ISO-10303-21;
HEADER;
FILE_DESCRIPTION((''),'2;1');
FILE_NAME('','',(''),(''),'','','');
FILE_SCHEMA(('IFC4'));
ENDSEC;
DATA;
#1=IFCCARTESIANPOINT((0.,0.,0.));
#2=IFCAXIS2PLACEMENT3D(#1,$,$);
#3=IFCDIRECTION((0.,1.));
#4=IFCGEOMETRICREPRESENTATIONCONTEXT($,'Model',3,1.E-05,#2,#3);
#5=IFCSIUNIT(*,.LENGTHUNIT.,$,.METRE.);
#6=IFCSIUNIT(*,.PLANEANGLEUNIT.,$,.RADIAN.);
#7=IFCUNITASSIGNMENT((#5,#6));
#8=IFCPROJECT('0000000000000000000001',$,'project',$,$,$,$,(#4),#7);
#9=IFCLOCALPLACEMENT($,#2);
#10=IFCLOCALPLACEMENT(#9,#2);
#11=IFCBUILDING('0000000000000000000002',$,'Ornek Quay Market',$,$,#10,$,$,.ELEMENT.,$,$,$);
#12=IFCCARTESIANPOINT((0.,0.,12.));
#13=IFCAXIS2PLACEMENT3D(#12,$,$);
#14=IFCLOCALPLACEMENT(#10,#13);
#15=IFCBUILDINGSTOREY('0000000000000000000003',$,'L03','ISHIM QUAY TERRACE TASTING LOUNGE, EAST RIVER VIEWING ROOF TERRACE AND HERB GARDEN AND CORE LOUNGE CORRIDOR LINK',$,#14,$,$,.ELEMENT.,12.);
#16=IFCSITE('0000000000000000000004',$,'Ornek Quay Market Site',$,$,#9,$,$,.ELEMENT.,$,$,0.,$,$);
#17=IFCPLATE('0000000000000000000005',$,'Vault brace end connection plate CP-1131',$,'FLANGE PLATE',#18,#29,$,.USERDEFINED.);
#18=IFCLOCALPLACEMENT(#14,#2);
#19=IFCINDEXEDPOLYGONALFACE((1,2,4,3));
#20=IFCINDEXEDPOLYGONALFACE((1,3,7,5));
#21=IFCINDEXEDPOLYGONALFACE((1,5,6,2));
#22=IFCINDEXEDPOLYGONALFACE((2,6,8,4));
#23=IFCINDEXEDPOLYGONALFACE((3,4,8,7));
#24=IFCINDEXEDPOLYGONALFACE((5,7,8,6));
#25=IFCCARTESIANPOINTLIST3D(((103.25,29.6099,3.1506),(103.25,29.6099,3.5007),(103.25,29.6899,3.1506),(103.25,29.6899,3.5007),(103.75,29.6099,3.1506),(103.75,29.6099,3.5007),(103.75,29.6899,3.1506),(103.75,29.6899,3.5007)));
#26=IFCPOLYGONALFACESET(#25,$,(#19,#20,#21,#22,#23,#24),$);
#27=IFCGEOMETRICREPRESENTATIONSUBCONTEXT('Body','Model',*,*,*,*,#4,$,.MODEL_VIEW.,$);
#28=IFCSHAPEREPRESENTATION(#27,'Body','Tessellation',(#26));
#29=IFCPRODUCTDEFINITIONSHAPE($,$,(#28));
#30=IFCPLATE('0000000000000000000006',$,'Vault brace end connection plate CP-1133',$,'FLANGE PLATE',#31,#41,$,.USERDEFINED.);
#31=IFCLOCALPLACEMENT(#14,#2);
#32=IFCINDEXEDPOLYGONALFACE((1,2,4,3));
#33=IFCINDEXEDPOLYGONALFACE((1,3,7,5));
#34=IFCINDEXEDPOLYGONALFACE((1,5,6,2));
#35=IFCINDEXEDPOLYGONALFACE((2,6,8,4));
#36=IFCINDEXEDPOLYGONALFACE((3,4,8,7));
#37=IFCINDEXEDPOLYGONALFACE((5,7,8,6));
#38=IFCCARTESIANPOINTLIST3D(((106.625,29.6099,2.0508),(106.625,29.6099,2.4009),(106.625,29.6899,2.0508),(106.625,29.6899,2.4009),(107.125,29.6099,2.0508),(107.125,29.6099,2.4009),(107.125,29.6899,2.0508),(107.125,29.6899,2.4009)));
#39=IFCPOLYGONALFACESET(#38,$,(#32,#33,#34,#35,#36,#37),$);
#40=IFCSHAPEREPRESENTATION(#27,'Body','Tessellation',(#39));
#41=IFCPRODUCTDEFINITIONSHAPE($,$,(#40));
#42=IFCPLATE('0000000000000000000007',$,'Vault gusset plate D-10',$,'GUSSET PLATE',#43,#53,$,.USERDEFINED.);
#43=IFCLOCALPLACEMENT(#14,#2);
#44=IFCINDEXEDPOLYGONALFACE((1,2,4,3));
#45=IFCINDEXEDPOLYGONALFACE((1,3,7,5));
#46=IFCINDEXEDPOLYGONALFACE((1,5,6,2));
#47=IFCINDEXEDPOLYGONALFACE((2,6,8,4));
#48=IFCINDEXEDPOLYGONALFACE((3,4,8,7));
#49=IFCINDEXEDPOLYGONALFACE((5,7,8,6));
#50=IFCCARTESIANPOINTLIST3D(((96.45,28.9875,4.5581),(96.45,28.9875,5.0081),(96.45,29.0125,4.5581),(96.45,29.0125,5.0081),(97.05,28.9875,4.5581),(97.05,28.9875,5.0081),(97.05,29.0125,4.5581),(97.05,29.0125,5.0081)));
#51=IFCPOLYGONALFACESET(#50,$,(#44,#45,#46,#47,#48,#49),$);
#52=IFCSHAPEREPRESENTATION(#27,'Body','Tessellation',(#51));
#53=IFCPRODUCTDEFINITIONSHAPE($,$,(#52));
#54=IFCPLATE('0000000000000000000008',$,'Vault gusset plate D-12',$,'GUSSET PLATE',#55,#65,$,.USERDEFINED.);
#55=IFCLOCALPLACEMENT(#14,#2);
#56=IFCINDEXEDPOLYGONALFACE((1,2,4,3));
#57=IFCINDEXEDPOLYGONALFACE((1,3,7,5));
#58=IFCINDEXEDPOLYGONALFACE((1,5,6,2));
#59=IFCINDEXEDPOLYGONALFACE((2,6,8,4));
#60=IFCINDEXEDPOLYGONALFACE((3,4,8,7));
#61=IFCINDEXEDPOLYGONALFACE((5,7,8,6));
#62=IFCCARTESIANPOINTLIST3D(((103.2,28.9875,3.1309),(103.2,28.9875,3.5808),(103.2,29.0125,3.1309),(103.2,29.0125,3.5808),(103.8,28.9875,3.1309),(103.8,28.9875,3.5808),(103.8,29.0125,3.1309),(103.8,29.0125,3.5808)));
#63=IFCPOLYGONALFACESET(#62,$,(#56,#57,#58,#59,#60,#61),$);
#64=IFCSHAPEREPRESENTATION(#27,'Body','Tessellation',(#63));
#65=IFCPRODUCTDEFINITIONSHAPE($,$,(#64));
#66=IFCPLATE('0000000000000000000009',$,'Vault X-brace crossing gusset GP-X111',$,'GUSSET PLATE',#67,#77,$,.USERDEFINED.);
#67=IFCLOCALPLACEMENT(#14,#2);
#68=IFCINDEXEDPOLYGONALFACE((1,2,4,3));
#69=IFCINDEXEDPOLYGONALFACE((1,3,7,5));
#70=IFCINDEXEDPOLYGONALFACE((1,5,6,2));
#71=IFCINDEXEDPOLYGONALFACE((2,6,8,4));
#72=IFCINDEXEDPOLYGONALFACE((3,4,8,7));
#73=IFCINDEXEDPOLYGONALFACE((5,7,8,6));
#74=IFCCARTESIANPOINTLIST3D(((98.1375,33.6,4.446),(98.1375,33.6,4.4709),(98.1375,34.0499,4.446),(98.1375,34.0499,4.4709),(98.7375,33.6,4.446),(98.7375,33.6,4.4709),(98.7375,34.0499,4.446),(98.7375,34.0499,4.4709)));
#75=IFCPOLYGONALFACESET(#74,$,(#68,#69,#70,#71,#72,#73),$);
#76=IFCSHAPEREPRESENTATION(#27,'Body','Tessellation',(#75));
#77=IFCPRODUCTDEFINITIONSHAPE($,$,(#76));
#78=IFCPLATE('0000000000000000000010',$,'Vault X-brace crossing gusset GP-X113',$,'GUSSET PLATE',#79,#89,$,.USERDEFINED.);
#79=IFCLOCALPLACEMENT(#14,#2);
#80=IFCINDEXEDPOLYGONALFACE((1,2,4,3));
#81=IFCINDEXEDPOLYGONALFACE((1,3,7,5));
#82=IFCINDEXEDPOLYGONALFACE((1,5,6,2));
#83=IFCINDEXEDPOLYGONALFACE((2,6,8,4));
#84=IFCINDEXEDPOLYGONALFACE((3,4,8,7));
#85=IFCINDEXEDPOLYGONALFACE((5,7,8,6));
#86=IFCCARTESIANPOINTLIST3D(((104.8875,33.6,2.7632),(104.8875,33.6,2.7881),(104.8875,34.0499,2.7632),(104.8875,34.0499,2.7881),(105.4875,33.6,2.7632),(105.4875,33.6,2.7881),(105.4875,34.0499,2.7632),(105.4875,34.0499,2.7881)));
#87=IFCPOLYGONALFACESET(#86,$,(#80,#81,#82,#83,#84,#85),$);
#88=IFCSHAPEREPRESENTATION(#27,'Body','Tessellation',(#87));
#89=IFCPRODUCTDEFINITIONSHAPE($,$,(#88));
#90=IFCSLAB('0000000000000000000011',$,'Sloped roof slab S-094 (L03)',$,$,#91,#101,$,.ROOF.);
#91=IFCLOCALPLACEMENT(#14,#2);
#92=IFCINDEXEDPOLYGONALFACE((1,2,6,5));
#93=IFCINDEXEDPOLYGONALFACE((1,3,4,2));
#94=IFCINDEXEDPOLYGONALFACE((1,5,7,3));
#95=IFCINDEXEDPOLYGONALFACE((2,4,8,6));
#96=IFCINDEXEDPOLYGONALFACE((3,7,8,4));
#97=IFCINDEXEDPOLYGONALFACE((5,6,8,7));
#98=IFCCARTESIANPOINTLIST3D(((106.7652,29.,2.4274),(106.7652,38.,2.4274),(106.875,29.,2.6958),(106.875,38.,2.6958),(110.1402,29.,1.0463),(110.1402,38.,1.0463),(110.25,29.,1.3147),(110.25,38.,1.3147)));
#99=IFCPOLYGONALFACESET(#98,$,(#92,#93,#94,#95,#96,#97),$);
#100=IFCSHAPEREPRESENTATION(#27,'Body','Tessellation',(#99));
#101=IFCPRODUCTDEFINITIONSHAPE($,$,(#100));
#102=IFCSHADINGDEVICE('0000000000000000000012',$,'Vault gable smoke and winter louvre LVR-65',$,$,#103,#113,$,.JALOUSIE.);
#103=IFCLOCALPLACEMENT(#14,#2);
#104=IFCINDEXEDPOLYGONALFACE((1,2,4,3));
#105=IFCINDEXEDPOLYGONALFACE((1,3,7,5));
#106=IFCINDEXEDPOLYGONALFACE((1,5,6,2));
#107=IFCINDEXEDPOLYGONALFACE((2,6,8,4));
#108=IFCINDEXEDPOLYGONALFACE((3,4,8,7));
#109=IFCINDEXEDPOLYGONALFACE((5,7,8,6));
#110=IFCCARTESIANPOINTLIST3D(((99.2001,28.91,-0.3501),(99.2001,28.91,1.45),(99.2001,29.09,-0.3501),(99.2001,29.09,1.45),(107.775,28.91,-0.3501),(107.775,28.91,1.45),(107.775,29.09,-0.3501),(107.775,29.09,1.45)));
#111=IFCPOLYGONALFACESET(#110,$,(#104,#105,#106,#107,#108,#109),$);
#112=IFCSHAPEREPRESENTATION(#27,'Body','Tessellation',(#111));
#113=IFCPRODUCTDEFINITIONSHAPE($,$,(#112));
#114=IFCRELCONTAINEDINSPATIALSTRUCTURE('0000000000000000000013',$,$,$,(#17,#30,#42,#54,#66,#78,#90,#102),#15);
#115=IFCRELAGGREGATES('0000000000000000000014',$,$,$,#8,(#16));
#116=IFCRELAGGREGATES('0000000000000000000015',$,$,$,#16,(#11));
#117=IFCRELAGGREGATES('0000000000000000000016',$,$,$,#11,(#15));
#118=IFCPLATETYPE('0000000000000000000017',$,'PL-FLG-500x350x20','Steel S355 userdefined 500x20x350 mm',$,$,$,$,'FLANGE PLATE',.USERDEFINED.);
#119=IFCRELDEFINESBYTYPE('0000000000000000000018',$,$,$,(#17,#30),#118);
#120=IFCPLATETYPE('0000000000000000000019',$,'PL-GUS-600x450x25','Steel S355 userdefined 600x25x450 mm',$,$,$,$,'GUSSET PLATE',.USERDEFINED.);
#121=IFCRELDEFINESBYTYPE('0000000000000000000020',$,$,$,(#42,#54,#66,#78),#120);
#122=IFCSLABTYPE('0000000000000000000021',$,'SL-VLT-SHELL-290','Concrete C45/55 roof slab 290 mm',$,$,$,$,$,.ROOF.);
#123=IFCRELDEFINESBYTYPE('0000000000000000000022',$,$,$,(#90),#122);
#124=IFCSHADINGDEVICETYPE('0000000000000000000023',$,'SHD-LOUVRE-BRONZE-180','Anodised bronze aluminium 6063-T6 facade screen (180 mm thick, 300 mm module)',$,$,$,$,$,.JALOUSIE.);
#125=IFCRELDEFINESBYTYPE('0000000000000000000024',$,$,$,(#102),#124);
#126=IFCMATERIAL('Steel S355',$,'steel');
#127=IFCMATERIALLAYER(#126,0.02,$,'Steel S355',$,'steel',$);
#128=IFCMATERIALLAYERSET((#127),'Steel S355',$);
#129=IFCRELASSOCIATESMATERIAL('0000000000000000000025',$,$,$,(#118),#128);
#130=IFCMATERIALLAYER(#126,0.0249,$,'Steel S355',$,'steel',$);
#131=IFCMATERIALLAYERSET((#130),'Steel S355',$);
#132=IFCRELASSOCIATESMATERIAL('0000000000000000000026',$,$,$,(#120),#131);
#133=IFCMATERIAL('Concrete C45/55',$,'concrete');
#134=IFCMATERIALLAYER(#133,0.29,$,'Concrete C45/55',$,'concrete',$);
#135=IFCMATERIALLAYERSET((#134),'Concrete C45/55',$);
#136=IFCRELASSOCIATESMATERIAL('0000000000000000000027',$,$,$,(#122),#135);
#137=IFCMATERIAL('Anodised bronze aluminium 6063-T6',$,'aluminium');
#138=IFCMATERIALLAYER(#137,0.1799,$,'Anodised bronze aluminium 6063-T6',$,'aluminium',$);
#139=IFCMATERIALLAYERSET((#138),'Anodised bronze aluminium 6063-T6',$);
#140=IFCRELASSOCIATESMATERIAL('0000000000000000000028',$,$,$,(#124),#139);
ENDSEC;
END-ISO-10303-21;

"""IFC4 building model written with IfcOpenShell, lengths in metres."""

from ifc_helpers import new_model, si_unit, direction, frame, frame_2d, origin, origin_2d, place, context, subcontext, project, spatial, polyline, rectangle, outline, extrude, material, layer, layer_set, type_object, element, save


model = new_model("IFC4")

# Units and contexts
model_context = context("Model", 3, precision=1e-05, world=origin(), true_north=direction((0.0, 1.0)))
body_context = subcontext(model_context, "Body", "Model", "MODEL_VIEW")
ifc_project = project(units=[si_unit("LENGTHUNIT", "METRE"), si_unit("PLANEANGLEUNIT", "RADIAN")], contexts=[model_context])

# Site, building, storey
site_placement = place(None, origin())
site = spatial("IfcSite", under=ifc_project, at=site_placement, Name="Ornek Quay Market Site", CompositionType="ELEMENT", RefElevation=0.0)
building_placement = place(site_placement, origin())
building = spatial("IfcBuilding", under=site, at=building_placement, Name="Ornek Quay Market", CompositionType="ELEMENT")
storey_placement = place(building_placement, frame((0.0, 0.0, 12.0)))
storey = spatial("IfcBuildingStorey", under=building, at=storey_placement, Name="L03", Description="ISHIM QUAY TERRACE TASTING LOUNGE, EAST RIVER VIEWING ROOF TERRACE AND HERB GARDEN AND CORE LOUNGE CORRIDOR LINK", CompositionType="ELEMENT", Elevation=12.0)

# Shared definitions
ifc_material_1 = material(Name="Concrete C45/55", Category="concrete")
ifc_material_2 = material(Name="Steel S355", Category="steel")

# Plates
ifc_layer_1 = layer(ifc_material_2, 0.02, Name="Steel S355", Category="steel")
ifc_layer_set_1 = layer_set([ifc_layer_1], Name="Steel S355")
plate_type_1 = type_object("IfcPlateType", Name="PL-FLG-500x350x20", Description="Steel S355 userdefined 500x20x350 mm", ElementType="FLANGE PLATE", PredefinedType="USERDEFINED", material=ifc_layer_set_1)
for number, where, z_axis, x_axis, name in (
    (1, (103.5, 29.6499, 3.1506), (0.0, 0.0, 1.0), (1.0, 0.0, 0.0), "Vault brace end connection plate CP-1131"),
    (2, (106.875, 29.6499, 2.0508), (0.0, 0.0, 1.0), (1.0, 0.0, 0.0), "Vault brace end connection plate CP-1133"),
):
    element("IfcPlate", number, at=place(storey_placement, frame(where, z_axis=z_axis, x_axis=x_axis)), inside=storey, type_object=plate_type_1, Name=name, ObjectType="FLANGE PLATE", PredefinedType="USERDEFINED", context=body_context, shape_type="SweptSolid", body=[
        extrude(rectangle(XDim=0.5, YDim=0.0801, at=origin_2d()), origin(), (0.0, 0.0, 1.0), 0.3501),
    ])
ifc_layer_2 = layer(ifc_material_2, 0.0249, Name="Steel S355", Category="steel")
ifc_layer_set_2 = layer_set([ifc_layer_2], Name="Steel S355")
plate_type_2 = type_object("IfcPlateType", Name="PL-GUS-600x450x25", Description="Steel S355 userdefined 600x25x450 mm", ElementType="GUSSET PLATE", PredefinedType="USERDEFINED", material=ifc_layer_set_2)
for number, where, z_axis, x_axis, name in (
    (3, (96.75, 29.0, 4.5581), (0.0, 0.0, 1.0), (1.0, 0.0, 0.0), "Vault gusset plate D-10"),
    (4, (103.5, 29.0, 3.1309), (0.0, 0.0, 1.0), (1.0, 0.0, 0.0), "Vault gusset plate D-12"),
):
    element("IfcPlate", number, at=place(storey_placement, frame(where, z_axis=z_axis, x_axis=x_axis)), inside=storey, type_object=plate_type_2, Name=name, ObjectType="GUSSET PLATE", PredefinedType="USERDEFINED", context=body_context, shape_type="SweptSolid", body=[
        extrude(rectangle(XDim=0.6001, YDim=0.0249, at=origin_2d()), origin(), (0.0, 0.0, 1.0), 0.45),
    ])
for number, where, z_axis, x_axis, name in (
    (5, (98.4375, 33.825, 4.446), (0.0, 0.0, 1.0), (1.0, 0.0, 0.0), "Vault X-brace crossing gusset GP-X111"),
    (6, (105.1875, 33.825, 2.7632), (0.0, 0.0, 1.0), (1.0, 0.0, 0.0), "Vault X-brace crossing gusset GP-X113"),
):
    element("IfcPlate", number, at=place(storey_placement, frame(where, z_axis=z_axis, x_axis=x_axis)), inside=storey, type_object=plate_type_2, Name=name, ObjectType="GUSSET PLATE", PredefinedType="USERDEFINED", context=body_context, shape_type="SweptSolid", body=[
        extrude(rectangle(XDim=0.6001, YDim=0.45, at=origin_2d()), origin(), (0.0, 0.0, 1.0), 0.0249),
    ])

# Slab
ifc_layer_3 = layer(ifc_material_1, 0.29, Name="Concrete C45/55", Category="concrete")
ifc_layer_set_3 = layer_set([ifc_layer_3], Name="Concrete C45/55")
slab_type = type_object("IfcSlabType", Name="SL-VLT-SHELL-290", Description="Concrete C45/55 roof slab 290 mm", PredefinedType="ROOF", material=ifc_layer_set_3)
slab_placement = place(storey_placement, frame((106.875, 29.0, 2.6958), z_axis=(0.378732, 0.0, 0.925506), x_axis=(0.925506, 0.0, -0.378732)))
element("IfcSlab", 7, at=slab_placement, inside=storey, type_object=slab_type, Name="Sloped roof slab S-094 (L03)", PredefinedType="ROOF", context=body_context, shape_type="SweptSolid", body=[
    extrude(outline(polyline([(0.0, 0.0), (3.6467, 0.0), (3.6467, 9.0), (0.0, 9.0), (0.0, 0.0)])), origin(), (0.0, 0.0, -1.0), 0.29),
])

# Shading device
ifc_material_3 = material(Name="Anodised bronze aluminium 6063-T6", Category="aluminium")
ifc_layer_4 = layer(ifc_material_3, 0.1799, Name="Anodised bronze aluminium 6063-T6", Category="aluminium")
ifc_layer_set_4 = layer_set([ifc_layer_4], Name="Anodised bronze aluminium 6063-T6")
shading_device_type = type_object("IfcShadingDeviceType", Name="SHD-LOUVRE-BRONZE-180", Description="Anodised bronze aluminium 6063-T6 facade screen (180 mm thick, 300 mm module)", PredefinedType="JALOUSIE", material=ifc_layer_set_4)
shading_device_placement = place(storey_placement, frame((99.2, 29.0, -0.3501), z_axis=(0.0, 0.0, 1.0), x_axis=(1.0, 0.0, 0.0)))
element("IfcShadingDevice", 8, at=shading_device_placement, inside=storey, type_object=shading_device_type, Name="Vault gable smoke and winter louvre LVR-65", PredefinedType="JALOUSIE", context=body_context, shape_type="SweptSolid", body=[
    extrude(rectangle(XDim=8.575, YDim=0.1799, at=frame_2d((4.2876, 0.0))), origin(), (0.0, 0.0, 1.0), 1.8),
])

save(model, "model.ifc")
